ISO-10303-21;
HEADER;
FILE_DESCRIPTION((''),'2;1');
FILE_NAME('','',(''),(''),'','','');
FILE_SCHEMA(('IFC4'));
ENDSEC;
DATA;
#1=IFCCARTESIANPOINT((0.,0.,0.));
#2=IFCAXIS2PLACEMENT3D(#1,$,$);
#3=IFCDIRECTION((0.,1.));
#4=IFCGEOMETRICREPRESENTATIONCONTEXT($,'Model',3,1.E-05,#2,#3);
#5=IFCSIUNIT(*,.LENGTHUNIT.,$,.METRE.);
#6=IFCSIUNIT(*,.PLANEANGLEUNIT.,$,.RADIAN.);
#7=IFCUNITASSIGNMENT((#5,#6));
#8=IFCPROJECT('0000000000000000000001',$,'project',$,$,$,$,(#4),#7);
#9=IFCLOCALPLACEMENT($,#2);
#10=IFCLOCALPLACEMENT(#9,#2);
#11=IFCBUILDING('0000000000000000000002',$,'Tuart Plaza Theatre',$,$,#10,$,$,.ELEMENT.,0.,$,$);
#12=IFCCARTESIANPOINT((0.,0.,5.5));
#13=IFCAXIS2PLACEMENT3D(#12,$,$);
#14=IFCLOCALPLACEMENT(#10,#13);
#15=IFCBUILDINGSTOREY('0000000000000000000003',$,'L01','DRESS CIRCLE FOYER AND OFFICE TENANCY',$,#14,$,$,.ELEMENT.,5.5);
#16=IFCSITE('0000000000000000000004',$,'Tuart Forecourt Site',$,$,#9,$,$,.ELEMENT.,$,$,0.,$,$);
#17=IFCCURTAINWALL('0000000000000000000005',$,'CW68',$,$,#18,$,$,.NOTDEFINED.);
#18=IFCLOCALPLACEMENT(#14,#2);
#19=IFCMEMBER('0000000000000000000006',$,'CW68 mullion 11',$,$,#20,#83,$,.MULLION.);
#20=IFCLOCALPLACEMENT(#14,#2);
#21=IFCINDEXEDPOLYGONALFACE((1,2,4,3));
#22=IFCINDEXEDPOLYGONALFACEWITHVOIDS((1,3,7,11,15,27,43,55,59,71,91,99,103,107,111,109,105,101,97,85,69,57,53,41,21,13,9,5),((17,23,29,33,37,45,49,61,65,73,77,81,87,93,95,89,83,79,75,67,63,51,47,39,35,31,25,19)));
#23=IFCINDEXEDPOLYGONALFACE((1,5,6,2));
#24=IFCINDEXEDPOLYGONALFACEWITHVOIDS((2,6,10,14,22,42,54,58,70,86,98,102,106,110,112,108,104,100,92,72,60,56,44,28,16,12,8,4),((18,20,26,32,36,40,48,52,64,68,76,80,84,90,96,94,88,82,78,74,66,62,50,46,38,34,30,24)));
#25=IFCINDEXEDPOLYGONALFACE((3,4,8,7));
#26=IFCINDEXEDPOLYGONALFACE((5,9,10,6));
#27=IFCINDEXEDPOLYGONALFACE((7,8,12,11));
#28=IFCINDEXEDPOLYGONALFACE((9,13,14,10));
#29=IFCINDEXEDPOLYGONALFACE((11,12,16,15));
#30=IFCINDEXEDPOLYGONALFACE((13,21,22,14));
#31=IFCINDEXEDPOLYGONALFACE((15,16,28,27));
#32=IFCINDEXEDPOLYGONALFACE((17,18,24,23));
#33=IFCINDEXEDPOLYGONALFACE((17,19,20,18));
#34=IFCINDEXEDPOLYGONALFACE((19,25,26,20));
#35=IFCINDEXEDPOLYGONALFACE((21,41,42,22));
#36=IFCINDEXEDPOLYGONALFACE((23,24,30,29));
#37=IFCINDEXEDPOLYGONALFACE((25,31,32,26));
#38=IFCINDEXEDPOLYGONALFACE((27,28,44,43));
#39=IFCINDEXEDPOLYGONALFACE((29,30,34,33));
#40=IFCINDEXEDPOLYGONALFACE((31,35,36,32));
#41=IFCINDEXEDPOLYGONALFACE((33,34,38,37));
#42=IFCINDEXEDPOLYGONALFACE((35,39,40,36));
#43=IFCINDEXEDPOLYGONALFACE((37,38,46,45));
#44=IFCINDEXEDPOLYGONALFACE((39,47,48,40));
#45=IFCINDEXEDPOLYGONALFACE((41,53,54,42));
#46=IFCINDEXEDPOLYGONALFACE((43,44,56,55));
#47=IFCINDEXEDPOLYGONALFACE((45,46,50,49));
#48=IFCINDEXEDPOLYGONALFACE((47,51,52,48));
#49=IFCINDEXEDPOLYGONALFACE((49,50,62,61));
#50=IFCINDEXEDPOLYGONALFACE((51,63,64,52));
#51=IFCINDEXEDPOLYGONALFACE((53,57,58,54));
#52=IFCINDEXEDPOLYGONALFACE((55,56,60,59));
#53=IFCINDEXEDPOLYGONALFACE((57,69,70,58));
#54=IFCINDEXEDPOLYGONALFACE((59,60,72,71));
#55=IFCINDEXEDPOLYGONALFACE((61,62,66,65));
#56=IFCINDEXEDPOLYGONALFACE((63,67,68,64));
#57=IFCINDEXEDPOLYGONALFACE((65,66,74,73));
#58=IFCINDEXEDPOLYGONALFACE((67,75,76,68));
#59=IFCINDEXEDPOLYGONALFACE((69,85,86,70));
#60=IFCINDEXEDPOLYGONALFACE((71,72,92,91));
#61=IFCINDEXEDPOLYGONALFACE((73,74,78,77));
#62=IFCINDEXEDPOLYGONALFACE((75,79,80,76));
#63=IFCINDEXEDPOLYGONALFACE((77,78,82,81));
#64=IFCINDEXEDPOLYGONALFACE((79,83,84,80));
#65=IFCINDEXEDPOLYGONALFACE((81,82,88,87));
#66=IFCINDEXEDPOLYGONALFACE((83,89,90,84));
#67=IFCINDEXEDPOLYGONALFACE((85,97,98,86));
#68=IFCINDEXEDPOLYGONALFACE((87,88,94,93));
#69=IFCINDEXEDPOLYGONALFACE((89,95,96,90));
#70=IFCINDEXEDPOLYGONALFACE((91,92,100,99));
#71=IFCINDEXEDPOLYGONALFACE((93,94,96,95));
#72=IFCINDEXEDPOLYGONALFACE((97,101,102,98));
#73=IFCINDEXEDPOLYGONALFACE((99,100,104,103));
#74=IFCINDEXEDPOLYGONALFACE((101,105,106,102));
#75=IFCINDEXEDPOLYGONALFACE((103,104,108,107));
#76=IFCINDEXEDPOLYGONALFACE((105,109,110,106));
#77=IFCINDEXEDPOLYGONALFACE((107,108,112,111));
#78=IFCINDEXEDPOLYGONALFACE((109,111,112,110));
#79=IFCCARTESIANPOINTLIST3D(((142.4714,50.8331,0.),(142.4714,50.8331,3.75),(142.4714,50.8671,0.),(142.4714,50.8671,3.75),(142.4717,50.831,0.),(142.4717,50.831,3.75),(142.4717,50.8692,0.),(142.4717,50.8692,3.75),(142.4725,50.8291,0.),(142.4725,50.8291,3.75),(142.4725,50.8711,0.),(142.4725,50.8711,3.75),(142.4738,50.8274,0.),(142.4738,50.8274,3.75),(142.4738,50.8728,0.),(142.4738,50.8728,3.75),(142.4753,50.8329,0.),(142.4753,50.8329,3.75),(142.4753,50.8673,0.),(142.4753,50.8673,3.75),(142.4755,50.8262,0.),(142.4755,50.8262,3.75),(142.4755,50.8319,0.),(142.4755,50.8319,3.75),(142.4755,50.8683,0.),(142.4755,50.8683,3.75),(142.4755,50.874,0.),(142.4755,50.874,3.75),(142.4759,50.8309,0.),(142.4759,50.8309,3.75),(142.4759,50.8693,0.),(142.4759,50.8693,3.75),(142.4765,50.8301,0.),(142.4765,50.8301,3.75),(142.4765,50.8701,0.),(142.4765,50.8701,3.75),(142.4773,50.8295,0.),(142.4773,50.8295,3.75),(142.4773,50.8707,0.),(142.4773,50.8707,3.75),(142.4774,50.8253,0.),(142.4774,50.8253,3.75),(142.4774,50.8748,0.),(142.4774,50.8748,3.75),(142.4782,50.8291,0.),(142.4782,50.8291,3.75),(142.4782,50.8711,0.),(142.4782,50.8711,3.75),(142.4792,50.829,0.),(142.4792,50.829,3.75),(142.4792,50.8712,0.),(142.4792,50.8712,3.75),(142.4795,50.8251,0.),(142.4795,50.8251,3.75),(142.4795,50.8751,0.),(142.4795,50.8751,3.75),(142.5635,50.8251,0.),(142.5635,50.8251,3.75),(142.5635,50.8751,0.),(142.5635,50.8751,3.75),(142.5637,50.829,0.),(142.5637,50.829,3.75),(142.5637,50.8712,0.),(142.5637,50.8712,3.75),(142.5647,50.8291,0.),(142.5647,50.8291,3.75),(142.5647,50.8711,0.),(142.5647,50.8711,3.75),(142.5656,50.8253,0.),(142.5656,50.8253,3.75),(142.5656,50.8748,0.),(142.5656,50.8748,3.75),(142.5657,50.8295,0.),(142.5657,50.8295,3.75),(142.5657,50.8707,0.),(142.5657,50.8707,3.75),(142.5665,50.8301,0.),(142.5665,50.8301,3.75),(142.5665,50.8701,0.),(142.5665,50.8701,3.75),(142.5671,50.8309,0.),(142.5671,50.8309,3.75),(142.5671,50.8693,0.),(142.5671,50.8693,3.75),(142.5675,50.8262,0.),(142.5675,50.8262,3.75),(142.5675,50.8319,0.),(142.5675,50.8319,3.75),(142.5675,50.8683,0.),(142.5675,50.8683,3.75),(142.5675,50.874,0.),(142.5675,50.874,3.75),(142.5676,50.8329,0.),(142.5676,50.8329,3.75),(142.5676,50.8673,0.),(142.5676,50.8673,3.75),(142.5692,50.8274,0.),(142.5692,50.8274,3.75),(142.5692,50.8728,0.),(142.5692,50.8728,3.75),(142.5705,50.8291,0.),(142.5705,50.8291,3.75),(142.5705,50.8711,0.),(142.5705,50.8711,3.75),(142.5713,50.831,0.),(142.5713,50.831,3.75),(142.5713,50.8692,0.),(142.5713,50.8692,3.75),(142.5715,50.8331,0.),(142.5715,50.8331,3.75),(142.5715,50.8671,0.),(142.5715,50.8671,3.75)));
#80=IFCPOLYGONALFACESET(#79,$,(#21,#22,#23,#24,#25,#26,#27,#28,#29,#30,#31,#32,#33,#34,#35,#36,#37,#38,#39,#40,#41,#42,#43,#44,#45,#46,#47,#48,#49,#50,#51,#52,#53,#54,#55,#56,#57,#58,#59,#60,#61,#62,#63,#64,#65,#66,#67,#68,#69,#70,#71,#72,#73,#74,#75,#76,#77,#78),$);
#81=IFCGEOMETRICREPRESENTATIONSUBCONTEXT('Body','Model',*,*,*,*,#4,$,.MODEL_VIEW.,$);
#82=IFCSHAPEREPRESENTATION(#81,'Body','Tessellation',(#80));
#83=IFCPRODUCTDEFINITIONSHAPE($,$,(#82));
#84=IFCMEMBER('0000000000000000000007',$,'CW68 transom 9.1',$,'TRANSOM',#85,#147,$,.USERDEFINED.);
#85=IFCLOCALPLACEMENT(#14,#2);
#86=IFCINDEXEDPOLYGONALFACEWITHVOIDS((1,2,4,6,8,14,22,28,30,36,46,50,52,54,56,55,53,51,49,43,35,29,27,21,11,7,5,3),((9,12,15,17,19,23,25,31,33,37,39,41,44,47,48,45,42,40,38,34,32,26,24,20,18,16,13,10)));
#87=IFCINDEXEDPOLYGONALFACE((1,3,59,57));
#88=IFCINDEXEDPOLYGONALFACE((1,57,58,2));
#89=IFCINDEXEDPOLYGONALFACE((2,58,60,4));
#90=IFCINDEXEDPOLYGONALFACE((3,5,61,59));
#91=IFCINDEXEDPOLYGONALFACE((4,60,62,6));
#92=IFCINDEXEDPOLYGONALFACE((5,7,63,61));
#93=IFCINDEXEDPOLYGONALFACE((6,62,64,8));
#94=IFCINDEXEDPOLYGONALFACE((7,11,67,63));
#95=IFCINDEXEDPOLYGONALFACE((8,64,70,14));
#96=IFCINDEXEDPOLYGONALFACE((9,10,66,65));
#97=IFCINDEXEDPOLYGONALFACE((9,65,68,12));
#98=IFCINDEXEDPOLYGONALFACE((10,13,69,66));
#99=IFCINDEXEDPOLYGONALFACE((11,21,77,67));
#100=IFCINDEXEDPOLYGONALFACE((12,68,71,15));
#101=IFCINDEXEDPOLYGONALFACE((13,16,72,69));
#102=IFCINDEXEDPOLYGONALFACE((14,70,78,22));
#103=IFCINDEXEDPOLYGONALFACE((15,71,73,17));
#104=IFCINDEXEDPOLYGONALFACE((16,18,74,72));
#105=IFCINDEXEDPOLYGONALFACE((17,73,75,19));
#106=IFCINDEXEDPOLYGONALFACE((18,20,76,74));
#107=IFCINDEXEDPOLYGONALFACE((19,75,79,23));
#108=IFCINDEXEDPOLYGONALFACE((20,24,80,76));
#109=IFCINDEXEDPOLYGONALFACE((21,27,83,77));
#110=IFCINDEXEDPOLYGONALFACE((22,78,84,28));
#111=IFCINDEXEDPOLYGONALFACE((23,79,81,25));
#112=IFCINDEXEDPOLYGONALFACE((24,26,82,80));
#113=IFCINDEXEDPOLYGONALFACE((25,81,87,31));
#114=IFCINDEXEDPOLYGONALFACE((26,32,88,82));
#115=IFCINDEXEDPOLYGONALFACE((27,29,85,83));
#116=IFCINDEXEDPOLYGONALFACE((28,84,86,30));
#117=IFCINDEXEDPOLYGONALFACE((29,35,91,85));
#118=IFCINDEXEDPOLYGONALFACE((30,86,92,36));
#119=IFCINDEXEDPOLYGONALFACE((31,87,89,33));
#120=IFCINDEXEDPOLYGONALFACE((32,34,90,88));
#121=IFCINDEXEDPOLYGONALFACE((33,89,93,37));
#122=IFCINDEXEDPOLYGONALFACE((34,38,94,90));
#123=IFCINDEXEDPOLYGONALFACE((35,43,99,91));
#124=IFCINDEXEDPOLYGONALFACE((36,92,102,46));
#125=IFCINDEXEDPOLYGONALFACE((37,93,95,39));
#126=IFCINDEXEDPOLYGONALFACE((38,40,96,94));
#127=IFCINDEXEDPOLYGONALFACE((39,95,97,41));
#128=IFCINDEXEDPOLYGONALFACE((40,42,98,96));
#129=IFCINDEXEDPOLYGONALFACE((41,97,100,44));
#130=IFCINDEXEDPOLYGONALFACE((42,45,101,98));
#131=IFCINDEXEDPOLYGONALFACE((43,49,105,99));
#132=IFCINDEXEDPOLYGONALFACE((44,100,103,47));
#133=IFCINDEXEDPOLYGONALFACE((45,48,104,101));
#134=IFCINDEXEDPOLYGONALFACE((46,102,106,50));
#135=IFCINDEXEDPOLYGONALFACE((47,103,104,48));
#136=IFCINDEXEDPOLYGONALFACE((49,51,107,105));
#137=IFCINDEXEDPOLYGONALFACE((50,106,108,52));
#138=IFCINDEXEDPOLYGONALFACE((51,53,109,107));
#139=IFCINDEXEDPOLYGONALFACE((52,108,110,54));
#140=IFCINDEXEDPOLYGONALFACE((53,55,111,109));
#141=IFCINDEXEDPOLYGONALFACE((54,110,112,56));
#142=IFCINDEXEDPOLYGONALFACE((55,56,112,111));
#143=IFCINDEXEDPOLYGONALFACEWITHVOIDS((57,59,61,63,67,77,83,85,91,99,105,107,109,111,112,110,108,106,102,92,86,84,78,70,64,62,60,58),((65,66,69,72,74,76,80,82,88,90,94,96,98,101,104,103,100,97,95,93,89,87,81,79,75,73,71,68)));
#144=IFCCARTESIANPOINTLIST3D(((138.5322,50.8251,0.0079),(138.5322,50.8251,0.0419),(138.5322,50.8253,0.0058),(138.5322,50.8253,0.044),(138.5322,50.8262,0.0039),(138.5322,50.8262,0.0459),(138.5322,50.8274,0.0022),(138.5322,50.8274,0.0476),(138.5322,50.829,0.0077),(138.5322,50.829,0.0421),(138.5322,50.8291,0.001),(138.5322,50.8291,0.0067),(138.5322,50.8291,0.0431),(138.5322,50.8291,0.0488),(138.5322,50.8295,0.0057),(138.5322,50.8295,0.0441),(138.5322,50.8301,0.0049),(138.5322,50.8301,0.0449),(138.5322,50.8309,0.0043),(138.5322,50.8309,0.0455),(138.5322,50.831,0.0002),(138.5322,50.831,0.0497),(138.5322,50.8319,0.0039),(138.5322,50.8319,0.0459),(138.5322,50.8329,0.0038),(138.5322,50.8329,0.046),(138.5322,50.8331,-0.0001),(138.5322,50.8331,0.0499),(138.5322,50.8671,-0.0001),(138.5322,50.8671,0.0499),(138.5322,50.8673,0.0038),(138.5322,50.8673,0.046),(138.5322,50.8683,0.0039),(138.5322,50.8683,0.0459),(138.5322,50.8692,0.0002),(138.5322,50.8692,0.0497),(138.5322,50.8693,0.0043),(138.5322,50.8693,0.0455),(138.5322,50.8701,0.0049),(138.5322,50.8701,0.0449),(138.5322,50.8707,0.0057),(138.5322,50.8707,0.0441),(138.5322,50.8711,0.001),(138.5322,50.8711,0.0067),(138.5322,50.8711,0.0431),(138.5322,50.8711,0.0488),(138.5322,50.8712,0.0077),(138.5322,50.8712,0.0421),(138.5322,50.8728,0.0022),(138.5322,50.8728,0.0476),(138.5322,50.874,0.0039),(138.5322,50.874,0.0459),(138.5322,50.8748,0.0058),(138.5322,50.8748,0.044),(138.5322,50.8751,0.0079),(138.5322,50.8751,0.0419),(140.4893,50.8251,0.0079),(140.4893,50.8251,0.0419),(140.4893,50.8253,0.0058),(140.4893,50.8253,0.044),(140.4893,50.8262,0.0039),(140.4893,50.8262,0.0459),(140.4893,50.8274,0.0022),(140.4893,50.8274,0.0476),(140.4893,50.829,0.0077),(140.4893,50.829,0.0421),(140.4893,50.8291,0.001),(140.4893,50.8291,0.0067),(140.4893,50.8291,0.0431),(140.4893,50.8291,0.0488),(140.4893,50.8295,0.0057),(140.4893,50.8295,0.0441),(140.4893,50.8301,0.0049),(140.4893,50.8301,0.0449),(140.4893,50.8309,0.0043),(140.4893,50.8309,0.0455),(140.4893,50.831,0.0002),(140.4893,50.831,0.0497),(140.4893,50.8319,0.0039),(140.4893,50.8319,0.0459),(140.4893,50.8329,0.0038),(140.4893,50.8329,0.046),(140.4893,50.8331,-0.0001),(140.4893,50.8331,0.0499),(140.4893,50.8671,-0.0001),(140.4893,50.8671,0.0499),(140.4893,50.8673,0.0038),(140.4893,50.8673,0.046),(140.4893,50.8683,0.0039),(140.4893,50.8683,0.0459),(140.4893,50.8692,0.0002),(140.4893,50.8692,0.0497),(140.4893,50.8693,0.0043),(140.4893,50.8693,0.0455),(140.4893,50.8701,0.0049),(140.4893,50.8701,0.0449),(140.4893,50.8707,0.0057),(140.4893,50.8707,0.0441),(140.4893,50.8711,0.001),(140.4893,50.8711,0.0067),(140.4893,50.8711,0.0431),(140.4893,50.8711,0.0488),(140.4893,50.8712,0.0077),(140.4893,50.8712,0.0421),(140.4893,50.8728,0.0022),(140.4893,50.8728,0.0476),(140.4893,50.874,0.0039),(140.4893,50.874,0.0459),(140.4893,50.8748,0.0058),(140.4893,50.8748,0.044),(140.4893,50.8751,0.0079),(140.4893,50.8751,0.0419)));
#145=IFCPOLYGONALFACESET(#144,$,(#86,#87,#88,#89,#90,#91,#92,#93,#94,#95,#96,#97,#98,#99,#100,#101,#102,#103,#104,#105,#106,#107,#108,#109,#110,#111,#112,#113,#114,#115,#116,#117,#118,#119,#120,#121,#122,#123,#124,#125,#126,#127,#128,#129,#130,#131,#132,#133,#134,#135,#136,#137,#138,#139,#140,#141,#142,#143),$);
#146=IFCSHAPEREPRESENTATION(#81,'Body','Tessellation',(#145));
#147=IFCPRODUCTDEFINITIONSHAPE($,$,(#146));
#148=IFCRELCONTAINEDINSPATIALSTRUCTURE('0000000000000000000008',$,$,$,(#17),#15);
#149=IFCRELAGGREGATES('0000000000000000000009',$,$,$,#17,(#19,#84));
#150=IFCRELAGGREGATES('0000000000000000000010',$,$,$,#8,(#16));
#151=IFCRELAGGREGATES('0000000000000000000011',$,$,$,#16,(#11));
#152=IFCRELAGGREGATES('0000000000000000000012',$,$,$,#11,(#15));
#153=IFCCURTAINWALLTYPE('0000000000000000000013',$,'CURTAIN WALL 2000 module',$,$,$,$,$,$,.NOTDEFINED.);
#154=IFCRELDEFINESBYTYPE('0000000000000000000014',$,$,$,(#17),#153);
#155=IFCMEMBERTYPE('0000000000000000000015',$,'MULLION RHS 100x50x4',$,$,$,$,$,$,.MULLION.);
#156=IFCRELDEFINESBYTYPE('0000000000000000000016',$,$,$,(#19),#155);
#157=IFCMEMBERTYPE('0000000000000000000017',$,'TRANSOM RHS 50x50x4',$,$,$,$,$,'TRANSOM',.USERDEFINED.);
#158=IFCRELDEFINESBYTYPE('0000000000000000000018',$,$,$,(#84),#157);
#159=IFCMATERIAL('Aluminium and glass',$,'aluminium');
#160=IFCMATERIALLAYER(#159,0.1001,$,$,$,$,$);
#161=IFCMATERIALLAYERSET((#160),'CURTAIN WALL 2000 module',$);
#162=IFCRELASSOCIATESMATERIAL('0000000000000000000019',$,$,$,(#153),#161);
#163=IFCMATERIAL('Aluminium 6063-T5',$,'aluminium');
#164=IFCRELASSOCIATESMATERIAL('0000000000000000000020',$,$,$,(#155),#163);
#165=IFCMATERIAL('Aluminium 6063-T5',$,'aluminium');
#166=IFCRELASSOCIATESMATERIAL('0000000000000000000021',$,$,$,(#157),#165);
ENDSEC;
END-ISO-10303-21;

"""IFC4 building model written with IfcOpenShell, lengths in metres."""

from ifc_helpers import new_model, si_unit, direction, frame, origin, origin_2d, place, context, subcontext, project, spatial, hollow_rectangle, extrude, material, layer, layer_set, material_profile, profile_set, type_object, element, aggregate, save


model = new_model("IFC4")

# Units and contexts
model_context = context("Model", 3, precision=1e-05, world=origin(), true_north=direction((0.0, 1.0)))
body_context = subcontext(model_context, "Body", "Model", "MODEL_VIEW")
ifc_project = project(units=[si_unit("LENGTHUNIT", "METRE"), si_unit("PLANEANGLEUNIT", "RADIAN")], contexts=[model_context])

# Site, building, storey
site_placement = place(None, origin())
site = spatial("IfcSite", under=ifc_project, at=site_placement, Name="Tuart Forecourt Site", CompositionType="ELEMENT", RefElevation=0.0)
building_placement = place(site_placement, origin())
building = spatial("IfcBuilding", under=site, at=building_placement, Name="Tuart Plaza Theatre", CompositionType="ELEMENT", ElevationOfRefHeight=0.0)
storey_placement = place(building_placement, frame((0.0, 0.0, 5.5)))
storey = spatial("IfcBuildingStorey", under=building, at=storey_placement, Name="L01", Description="DRESS CIRCLE FOYER AND OFFICE TENANCY", CompositionType="ELEMENT", Elevation=5.5)

# Curtain wall, members
ifc_material_1 = material(Name="Aluminium and glass", Category="aluminium")
ifc_layer_1 = layer(ifc_material_1, 0.1001)
ifc_layer_set_1 = layer_set([ifc_layer_1], Name="CURTAIN WALL 2000 module")
curtain_wall_type = type_object("IfcCurtainWallType", Name="CURTAIN WALL 2000 module", PredefinedType="NOTDEFINED", material=ifc_layer_set_1)
curtain_wall_placement = place(storey_placement, origin())
curtain_wall = element("IfcCurtainWall", 1, at=curtain_wall_placement, inside=storey, type_object=curtain_wall_type, Name="CW68", PredefinedType="NOTDEFINED")
ifc_material_2 = material(Name="Aluminium 6063-T5", Category="aluminium")
ifc_material_profile_1 = material_profile(ifc_material_2, hollow_rectangle(XDim=0.05, YDim=0.1001, WallThickness=0.0039, InnerFilletRadius=0.0039, OuterFilletRadius=0.0081, at=origin_2d()), Name="RHS 100x50x4")
ifc_profile_set_1 = profile_set([ifc_material_profile_1], Name="Aluminium 6063-T5")
member_type_1 = type_object("IfcMemberType", Name="MULLION RHS 100x50x4", PredefinedType="MULLION", material=ifc_profile_set_1)
member_1_placement = place(storey_placement, frame((142.5215, 50.8501, 0.0), z_axis=(0.0, 0.0, 1.0), x_axis=(0.0, 1.0, 0.0)))
member_1 = element("IfcMember", 2, at=member_1_placement, type_object=member_type_1, Name="CW68 mullion 11", PredefinedType="MULLION", context=body_context, shape_type="SweptSolid", body=[
    extrude(hollow_rectangle(XDim=0.05, YDim=0.1001, WallThickness=0.0039, InnerFilletRadius=0.0039, OuterFilletRadius=0.0081, at=origin_2d()), origin(), (0.0, 0.0, 1.0), 3.75),
])
ifc_material_3 = material(Name="Aluminium 6063-T5", Category="aluminium")
ifc_material_profile_2 = material_profile(ifc_material_3, hollow_rectangle(XDim=0.05, YDim=0.05, WallThickness=0.0039, InnerFilletRadius=0.0039, OuterFilletRadius=0.0081, at=origin_2d()), Name="RHS 50x50x4")
ifc_profile_set_2 = profile_set([ifc_material_profile_2], Name="Aluminium 6063-T5")
member_type_2 = type_object("IfcMemberType", Name="TRANSOM RHS 50x50x4", ElementType="TRANSOM", PredefinedType="USERDEFINED", material=ifc_profile_set_2)
member_2_placement = place(storey_placement, frame((138.5322, 50.8501, 0.0249), z_axis=(1.0, 0.0, 0.0), x_axis=(0.0, 1.0, 0.0)))
member_2 = element("IfcMember", 3, at=member_2_placement, type_object=member_type_2, Name="CW68 transom 9.1", ObjectType="TRANSOM", PredefinedType="USERDEFINED", context=body_context, shape_type="SweptSolid", body=[
    extrude(hollow_rectangle(XDim=0.05, YDim=0.05, WallThickness=0.0039, InnerFilletRadius=0.0039, OuterFilletRadius=0.0081, at=origin_2d()), origin(), (0.0, 0.0, 1.0), 1.957),
])
aggregate(curtain_wall, [member_1, member_2])

save(model, "model.ifc")
